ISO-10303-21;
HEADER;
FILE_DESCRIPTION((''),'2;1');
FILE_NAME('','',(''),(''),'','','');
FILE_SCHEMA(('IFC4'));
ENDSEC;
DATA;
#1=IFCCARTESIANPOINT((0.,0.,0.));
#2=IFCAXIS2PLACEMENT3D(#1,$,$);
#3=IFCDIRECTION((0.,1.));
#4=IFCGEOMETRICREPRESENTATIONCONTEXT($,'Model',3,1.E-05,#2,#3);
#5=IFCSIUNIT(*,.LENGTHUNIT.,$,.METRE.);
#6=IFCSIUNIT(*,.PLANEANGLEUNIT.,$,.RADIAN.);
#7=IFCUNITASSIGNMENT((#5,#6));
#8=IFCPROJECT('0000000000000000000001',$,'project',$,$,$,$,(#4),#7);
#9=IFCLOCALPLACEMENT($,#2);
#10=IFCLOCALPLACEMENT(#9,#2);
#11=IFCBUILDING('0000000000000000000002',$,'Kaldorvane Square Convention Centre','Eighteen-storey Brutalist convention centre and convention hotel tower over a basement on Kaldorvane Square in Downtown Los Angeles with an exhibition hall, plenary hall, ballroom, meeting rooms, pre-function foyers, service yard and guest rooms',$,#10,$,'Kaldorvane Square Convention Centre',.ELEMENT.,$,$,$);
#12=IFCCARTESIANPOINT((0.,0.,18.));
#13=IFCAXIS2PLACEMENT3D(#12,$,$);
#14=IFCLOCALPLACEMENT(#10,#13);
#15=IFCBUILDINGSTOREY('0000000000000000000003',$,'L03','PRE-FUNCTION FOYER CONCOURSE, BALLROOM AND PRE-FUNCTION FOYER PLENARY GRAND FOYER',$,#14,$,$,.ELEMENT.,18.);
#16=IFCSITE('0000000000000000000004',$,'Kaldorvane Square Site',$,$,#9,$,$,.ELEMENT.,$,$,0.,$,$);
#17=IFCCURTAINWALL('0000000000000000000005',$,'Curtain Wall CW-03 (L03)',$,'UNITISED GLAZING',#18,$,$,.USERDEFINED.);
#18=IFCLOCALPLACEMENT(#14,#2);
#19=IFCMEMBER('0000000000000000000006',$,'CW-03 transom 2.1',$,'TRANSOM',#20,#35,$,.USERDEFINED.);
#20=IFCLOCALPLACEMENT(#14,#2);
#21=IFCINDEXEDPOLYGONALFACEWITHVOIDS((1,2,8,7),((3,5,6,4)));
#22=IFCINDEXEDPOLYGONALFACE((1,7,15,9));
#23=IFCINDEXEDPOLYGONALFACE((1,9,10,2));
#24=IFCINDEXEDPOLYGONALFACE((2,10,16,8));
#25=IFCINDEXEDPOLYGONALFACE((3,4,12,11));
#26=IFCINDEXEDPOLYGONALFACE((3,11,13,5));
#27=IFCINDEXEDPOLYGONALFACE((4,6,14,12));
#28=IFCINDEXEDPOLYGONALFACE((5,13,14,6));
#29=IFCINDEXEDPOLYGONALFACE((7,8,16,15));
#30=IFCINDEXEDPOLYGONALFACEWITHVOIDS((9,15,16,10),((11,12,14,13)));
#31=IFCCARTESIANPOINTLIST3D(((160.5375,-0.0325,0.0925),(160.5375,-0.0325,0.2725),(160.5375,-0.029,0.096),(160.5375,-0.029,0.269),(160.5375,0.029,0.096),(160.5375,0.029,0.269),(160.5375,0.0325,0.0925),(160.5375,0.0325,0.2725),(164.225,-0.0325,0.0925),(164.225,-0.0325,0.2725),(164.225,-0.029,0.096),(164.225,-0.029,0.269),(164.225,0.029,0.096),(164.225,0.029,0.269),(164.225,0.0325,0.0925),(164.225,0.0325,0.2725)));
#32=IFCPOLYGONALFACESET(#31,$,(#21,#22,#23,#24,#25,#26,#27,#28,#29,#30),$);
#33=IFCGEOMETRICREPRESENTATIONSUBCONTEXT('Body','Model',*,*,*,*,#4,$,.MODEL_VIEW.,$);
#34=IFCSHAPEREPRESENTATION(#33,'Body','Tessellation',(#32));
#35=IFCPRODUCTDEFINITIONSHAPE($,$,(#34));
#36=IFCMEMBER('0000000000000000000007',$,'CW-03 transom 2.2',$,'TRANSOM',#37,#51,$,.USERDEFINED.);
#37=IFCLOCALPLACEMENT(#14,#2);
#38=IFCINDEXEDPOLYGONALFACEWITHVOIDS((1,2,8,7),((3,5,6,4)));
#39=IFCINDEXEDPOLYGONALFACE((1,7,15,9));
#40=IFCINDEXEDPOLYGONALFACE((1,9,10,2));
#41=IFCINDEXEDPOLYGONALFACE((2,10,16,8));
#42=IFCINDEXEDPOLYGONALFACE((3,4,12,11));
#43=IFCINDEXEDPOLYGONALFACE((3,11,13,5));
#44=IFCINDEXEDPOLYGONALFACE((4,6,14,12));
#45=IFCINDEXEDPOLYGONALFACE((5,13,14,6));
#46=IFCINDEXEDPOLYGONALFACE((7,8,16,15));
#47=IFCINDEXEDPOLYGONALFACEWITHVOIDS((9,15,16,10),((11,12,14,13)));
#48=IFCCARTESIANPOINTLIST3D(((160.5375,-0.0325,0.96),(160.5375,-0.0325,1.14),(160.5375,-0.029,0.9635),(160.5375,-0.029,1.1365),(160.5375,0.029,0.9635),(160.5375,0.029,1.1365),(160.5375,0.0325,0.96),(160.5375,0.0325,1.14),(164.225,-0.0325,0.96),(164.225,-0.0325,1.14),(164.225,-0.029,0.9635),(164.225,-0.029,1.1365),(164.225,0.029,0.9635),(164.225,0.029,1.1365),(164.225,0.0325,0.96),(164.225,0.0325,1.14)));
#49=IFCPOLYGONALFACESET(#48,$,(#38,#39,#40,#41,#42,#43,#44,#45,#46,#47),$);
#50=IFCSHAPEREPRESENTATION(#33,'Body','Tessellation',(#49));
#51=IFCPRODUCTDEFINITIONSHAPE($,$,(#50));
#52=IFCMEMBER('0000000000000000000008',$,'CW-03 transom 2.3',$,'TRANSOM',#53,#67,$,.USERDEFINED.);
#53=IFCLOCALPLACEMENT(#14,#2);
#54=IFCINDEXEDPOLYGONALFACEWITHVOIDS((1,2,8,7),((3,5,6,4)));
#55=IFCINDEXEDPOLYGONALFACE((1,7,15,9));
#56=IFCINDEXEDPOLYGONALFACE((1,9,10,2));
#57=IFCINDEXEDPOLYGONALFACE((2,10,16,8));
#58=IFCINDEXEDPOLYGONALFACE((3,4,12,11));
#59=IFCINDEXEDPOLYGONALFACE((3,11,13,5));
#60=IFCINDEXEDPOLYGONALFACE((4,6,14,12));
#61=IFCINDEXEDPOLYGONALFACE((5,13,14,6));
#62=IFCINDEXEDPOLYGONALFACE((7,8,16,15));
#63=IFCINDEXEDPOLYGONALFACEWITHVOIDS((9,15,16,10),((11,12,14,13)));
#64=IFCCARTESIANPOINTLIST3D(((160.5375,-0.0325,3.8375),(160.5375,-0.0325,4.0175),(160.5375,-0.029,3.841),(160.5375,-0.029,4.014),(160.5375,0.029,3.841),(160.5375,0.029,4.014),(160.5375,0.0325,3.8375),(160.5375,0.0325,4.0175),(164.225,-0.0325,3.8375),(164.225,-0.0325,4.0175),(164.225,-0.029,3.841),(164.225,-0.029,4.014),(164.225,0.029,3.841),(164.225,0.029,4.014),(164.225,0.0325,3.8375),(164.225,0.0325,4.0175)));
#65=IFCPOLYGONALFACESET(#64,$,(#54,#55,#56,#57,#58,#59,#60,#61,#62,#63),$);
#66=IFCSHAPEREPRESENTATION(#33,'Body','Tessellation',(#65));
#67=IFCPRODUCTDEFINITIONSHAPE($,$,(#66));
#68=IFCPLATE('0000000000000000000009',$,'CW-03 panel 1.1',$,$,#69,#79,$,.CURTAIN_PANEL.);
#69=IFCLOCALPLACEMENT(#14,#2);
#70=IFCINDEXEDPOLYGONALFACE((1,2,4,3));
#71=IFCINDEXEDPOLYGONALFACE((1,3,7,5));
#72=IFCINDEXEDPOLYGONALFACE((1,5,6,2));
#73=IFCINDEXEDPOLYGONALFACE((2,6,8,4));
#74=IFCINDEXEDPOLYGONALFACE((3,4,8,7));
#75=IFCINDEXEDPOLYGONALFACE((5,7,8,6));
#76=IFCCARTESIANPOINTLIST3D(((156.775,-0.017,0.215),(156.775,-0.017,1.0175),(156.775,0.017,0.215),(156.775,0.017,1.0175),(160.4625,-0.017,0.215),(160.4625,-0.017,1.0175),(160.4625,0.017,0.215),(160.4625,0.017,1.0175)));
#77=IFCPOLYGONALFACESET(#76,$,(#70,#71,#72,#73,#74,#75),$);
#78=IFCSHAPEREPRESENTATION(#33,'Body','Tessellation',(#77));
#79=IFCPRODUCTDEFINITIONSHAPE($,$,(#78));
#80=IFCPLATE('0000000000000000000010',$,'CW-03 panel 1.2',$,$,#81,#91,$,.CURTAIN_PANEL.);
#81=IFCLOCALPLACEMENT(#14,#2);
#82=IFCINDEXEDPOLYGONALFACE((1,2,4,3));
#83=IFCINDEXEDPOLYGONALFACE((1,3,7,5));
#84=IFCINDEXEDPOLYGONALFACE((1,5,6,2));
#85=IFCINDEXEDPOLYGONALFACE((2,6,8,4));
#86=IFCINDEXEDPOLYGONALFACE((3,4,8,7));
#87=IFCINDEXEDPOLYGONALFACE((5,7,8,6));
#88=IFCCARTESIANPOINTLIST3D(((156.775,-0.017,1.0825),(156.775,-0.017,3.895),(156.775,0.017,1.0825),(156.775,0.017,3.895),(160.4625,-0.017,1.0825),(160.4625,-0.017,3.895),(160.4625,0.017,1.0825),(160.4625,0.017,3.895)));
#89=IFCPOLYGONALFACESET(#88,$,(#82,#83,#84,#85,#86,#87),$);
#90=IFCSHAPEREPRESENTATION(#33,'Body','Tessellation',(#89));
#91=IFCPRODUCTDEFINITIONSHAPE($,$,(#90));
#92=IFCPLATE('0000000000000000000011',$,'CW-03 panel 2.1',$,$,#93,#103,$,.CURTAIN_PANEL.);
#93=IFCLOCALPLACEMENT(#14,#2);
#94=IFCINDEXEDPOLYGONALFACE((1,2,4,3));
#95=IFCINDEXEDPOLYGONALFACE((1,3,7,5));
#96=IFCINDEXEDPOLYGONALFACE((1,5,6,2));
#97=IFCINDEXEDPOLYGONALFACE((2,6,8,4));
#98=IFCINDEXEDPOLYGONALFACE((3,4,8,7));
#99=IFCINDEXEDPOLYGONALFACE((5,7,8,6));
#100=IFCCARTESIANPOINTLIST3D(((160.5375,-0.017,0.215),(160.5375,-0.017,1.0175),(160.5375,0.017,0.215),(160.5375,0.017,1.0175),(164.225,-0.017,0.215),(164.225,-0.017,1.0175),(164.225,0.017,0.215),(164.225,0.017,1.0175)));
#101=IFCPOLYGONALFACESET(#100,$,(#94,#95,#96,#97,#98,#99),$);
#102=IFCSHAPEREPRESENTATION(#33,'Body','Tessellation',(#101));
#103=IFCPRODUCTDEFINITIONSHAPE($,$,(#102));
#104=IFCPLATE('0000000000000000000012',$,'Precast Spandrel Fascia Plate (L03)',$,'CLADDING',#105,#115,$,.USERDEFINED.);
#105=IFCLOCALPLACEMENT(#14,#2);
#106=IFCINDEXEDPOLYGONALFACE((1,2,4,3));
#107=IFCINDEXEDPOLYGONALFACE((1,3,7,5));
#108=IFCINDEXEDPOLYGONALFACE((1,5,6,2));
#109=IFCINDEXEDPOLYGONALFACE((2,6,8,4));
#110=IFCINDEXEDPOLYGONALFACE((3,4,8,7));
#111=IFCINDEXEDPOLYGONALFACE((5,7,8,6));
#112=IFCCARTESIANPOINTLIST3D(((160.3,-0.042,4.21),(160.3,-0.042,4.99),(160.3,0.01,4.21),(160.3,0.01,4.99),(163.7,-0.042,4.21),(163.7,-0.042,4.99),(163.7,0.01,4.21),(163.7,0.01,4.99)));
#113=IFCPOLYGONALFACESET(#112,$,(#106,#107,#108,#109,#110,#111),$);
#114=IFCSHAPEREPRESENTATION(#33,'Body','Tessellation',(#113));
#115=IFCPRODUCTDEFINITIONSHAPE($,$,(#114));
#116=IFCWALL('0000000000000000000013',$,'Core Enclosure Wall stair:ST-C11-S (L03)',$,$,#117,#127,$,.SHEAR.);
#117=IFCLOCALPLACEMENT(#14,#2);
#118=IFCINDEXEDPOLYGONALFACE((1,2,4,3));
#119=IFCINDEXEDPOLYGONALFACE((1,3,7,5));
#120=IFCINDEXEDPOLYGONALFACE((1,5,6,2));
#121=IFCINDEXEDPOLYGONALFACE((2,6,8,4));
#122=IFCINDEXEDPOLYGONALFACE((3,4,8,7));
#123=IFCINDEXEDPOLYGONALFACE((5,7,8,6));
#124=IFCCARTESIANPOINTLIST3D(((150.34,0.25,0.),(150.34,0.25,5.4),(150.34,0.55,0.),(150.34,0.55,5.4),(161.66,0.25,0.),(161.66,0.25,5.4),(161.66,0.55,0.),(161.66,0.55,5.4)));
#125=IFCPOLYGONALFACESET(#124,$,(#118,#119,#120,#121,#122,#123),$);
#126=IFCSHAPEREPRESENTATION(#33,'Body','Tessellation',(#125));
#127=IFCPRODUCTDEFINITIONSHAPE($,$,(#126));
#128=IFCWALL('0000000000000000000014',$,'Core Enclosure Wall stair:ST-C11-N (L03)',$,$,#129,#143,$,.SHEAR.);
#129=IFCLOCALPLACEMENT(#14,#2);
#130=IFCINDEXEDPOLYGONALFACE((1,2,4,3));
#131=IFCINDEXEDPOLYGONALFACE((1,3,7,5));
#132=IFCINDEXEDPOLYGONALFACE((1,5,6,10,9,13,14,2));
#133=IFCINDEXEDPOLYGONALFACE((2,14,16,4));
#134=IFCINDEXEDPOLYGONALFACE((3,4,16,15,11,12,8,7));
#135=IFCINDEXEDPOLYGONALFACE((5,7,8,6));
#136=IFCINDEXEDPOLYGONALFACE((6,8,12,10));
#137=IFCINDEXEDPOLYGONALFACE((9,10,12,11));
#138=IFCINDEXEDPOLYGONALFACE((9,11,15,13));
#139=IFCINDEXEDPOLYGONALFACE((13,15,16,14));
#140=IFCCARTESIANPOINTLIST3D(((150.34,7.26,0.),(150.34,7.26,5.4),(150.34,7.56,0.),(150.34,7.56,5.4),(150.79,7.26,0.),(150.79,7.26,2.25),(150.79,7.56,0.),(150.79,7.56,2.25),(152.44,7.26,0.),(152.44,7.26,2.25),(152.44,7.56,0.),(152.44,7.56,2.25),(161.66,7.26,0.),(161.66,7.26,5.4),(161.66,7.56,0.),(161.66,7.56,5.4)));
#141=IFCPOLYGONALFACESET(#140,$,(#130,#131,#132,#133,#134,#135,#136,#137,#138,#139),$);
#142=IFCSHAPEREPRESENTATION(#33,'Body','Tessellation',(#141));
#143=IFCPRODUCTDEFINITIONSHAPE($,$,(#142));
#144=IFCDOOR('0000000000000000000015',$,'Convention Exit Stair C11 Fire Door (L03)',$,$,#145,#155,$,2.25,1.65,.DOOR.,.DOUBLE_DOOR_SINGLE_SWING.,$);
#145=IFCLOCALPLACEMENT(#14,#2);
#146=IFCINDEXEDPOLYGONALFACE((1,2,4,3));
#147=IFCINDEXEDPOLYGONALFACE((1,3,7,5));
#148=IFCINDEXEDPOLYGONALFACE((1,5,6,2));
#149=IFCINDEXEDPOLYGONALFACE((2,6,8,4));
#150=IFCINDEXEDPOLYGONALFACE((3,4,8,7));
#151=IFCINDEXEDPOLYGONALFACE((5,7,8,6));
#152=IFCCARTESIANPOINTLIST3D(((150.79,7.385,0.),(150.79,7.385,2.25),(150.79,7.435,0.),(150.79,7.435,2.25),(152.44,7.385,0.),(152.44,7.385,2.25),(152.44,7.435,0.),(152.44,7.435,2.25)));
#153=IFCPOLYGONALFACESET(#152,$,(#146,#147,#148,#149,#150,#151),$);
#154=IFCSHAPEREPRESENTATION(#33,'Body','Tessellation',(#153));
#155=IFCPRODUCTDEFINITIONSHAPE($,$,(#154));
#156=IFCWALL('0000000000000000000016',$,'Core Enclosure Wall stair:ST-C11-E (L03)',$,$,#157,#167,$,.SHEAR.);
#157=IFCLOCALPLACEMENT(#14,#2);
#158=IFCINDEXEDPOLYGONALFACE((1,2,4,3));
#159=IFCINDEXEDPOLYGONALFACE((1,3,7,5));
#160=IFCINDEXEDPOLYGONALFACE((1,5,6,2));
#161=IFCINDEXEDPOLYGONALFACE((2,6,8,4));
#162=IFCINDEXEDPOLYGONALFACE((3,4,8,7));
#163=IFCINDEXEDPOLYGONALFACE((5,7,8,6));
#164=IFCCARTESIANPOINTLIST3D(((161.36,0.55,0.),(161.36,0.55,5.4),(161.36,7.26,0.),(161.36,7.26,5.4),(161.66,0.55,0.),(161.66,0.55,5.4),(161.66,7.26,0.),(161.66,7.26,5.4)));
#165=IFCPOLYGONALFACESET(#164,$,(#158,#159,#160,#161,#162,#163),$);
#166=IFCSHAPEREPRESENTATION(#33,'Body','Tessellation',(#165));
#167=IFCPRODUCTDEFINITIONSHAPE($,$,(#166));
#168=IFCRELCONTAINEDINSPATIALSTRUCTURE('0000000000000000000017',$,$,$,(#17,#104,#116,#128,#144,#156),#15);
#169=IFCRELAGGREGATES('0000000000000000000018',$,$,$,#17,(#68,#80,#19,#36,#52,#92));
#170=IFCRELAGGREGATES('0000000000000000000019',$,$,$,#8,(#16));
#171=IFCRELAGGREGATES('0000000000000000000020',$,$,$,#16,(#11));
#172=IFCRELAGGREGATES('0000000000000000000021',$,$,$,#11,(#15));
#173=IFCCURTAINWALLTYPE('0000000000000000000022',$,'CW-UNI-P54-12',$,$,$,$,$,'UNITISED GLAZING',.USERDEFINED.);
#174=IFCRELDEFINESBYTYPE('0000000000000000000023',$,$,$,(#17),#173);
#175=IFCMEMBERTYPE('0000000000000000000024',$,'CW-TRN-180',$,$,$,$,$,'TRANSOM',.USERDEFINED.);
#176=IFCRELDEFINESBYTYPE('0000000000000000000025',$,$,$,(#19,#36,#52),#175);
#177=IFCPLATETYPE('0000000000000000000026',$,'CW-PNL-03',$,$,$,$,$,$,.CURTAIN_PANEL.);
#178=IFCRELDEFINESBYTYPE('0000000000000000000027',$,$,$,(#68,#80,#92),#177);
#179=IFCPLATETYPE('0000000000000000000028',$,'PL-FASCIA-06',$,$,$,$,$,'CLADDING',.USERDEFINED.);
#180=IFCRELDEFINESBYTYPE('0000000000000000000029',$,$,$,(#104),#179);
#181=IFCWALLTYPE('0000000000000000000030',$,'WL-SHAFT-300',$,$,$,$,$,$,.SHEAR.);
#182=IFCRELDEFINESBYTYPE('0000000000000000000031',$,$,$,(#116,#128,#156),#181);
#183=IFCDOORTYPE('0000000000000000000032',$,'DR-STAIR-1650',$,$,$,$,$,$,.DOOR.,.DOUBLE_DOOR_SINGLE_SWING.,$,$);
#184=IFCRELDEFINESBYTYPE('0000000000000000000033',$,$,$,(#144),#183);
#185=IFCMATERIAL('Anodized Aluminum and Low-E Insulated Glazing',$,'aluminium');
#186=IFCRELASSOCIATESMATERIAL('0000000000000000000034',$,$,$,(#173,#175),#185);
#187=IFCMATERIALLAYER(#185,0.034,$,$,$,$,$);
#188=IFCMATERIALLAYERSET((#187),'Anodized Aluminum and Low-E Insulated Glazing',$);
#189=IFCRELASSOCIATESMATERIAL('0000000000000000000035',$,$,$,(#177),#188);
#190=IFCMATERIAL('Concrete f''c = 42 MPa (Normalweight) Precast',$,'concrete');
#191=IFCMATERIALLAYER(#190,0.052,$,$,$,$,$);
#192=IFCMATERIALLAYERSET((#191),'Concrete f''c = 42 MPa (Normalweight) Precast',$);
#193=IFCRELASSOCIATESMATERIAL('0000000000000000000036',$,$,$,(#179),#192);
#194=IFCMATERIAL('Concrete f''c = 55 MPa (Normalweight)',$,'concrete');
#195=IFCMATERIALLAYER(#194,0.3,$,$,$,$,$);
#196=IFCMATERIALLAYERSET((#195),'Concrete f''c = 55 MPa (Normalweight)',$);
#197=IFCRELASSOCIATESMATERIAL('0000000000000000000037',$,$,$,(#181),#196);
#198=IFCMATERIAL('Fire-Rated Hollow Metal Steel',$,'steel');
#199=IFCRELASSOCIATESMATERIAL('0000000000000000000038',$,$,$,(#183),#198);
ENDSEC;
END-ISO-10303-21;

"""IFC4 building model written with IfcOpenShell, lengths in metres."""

from ifc_helpers import new_model, si_unit, direction, frame, frame_2d, origin, origin_2d, place, context, subcontext, project, spatial, rectangle, hollow_rectangle, extrude, material, layer, layer_set, material_profile, profile_set, type_object, element, fill, aggregate, save


model = new_model("IFC4")

# Units and contexts
model_context = context("Model", 3, precision=1e-05, world=origin(), true_north=direction((0.0, 1.0)))
body_context = subcontext(model_context, "Body", "Model", "MODEL_VIEW")
ifc_project = project(units=[si_unit("LENGTHUNIT", "METRE"), si_unit("PLANEANGLEUNIT", "RADIAN")], contexts=[model_context])

# Site, building, storey
site_placement = place(None, origin())
site = spatial("IfcSite", under=ifc_project, at=site_placement, Name="Kaldorvane Square Site", CompositionType="ELEMENT", RefElevation=0.0)
building_placement = place(site_placement, origin())
building = spatial("IfcBuilding", under=site, at=building_placement, Name="Kaldorvane Square Convention Centre", Description="Eighteen-storey Brutalist convention centre and convention hotel tower over a basement on Kaldorvane Square in Downtown Los Angeles with an exhibition hall, plenary hall, ballroom, meeting rooms, pre-function foyers, service yard and guest rooms", LongName="Kaldorvane Square Convention Centre", CompositionType="ELEMENT")
storey_placement = place(building_placement, frame((0.0, 0.0, 18.0)))
storey = spatial("IfcBuildingStorey", under=building, at=storey_placement, Name="L03", Description="PRE-FUNCTION FOYER CONCOURSE, BALLROOM AND PRE-FUNCTION FOYER PLENARY GRAND FOYER", CompositionType="ELEMENT", Elevation=18.0)

# Curtain wall, members, plates
ifc_material_1 = material(Name="Anodized Aluminum and Low-E Insulated Glazing", Category="aluminium")
curtain_wall_type = type_object("IfcCurtainWallType", Name="CW-UNI-P54-12", ElementType="UNITISED GLAZING", PredefinedType="USERDEFINED", material=ifc_material_1)
curtain_wall_placement = place(storey_placement, origin())
curtain_wall = element("IfcCurtainWall", 1, at=curtain_wall_placement, inside=storey, type_object=curtain_wall_type, Name="Curtain Wall CW-03 (L03)", ObjectType="UNITISED GLAZING", PredefinedType="USERDEFINED")
ifc_material_profile_1 = material_profile(ifc_material_1, hollow_rectangle(XDim=0.065, YDim=0.18, WallThickness=0.0035, at=origin_2d()), Name="CWT-180X65")
ifc_profile_set_1 = profile_set([ifc_material_profile_1], Name="Anodized Aluminum and Low-E Insulated Glazing")
member_type_1 = type_object("IfcMemberType", Name="CW-TRN-180", ElementType="TRANSOM", PredefinedType="USERDEFINED", material=ifc_profile_set_1)
member_1_placement = place(storey_placement, frame((160.5375, 0.0, 0.1825), z_axis=(1.0, 0.0, 0.0), x_axis=(0.0, 1.0, 0.0)))
member_1 = element("IfcMember", 2, at=member_1_placement, type_object=member_type_1, Name="CW-03 transom 2.1", ObjectType="TRANSOM", PredefinedType="USERDEFINED", context=body_context, shape_type="SweptSolid", body=[
    extrude(hollow_rectangle(XDim=0.065, YDim=0.18, WallThickness=0.0035, at=origin_2d()), origin(), (0.0, 0.0, 1.0), 3.6875),
])
member_2_placement = place(storey_placement, frame((160.5375, 0.0, 1.05), z_axis=(1.0, 0.0, 0.0), x_axis=(0.0, 1.0, 0.0)))
member_2 = element("IfcMember", 3, at=member_2_placement, type_object=member_type_1, Name="CW-03 transom 2.2", ObjectType="TRANSOM", PredefinedType="USERDEFINED", context=body_context, shape_type="SweptSolid", body=[
    extrude(hollow_rectangle(XDim=0.065, YDim=0.18, WallThickness=0.0035, at=origin_2d()), origin(), (0.0, 0.0, 1.0), 3.6875),
])
member_3_placement = place(storey_placement, frame((160.5375, 0.0, 3.9275), z_axis=(1.0, 0.0, 0.0), x_axis=(0.0, 1.0, 0.0)))
member_3 = element("IfcMember", 4, at=member_3_placement, type_object=member_type_1, Name="CW-03 transom 2.3", ObjectType="TRANSOM", PredefinedType="USERDEFINED", context=body_context, shape_type="SweptSolid", body=[
    extrude(hollow_rectangle(XDim=0.065, YDim=0.18, WallThickness=0.0035, at=origin_2d()), origin(), (0.0, 0.0, 1.0), 3.6875),
])
ifc_layer_1 = layer(ifc_material_1, 0.034)
ifc_layer_set_1 = layer_set([ifc_layer_1], Name="Anodized Aluminum and Low-E Insulated Glazing")
plate_type_1 = type_object("IfcPlateType", Name="CW-PNL-03", PredefinedType="CURTAIN_PANEL", material=ifc_layer_set_1)
plate_1_placement = place(storey_placement, frame((158.6187, 0.0, 0.215), z_axis=(0.0, 0.0, 1.0), x_axis=(1.0, 0.0, 0.0)))
plate_1 = element("IfcPlate", 5, at=plate_1_placement, type_object=plate_type_1, Name="CW-03 panel 1.1", PredefinedType="CURTAIN_PANEL", context=body_context, shape_type="SweptSolid", body=[
    extrude(rectangle(XDim=3.6875, YDim=0.034, at=origin_2d()), origin(), (0.0, 0.0, 1.0), 0.8025),
])
plate_2_placement = place(storey_placement, frame((158.6187, 0.0, 1.0825), z_axis=(0.0, 0.0, 1.0), x_axis=(1.0, 0.0, 0.0)))
plate_2 = element("IfcPlate", 6, at=plate_2_placement, type_object=plate_type_1, Name="CW-03 panel 1.2", PredefinedType="CURTAIN_PANEL", context=body_context, shape_type="SweptSolid", body=[
    extrude(rectangle(XDim=3.6875, YDim=0.034, at=origin_2d()), origin(), (0.0, 0.0, 1.0), 2.8125),
])
plate_3_placement = place(storey_placement, frame((162.3813, 0.0, 0.215), z_axis=(0.0, 0.0, 1.0), x_axis=(1.0, 0.0, 0.0)))
plate_3 = element("IfcPlate", 7, at=plate_3_placement, type_object=plate_type_1, Name="CW-03 panel 2.1", PredefinedType="CURTAIN_PANEL", context=body_context, shape_type="SweptSolid", body=[
    extrude(rectangle(XDim=3.6875, YDim=0.034, at=origin_2d()), origin(), (0.0, 0.0, 1.0), 0.8025),
])
aggregate(curtain_wall, [plate_1, plate_2, member_1, member_2, member_3, plate_3])

# Plate
ifc_material_2 = material(Name="Concrete f'c = 42 MPa (Normalweight) Precast", Category="concrete")
ifc_layer_2 = layer(ifc_material_2, 0.052)
ifc_layer_set_2 = layer_set([ifc_layer_2], Name="Concrete f'c = 42 MPa (Normalweight) Precast")
plate_type_2 = type_object("IfcPlateType", Name="PL-FASCIA-06", ElementType="CLADDING", PredefinedType="USERDEFINED", material=ifc_layer_set_2)
plate_4_placement = place(storey_placement, frame((162.0, -0.016, 4.21), z_axis=(0.0, 0.0, 1.0), x_axis=(1.0, 0.0, 0.0)))
element("IfcPlate", 8, at=plate_4_placement, inside=storey, type_object=plate_type_2, Name="Precast Spandrel Fascia Plate (L03)", ObjectType="CLADDING", PredefinedType="USERDEFINED", context=body_context, shape_type="SweptSolid", body=[
    extrude(rectangle(XDim=3.4, YDim=0.052, at=origin_2d()), origin(), (0.0, 0.0, 1.0), 0.78),
])

# Wall
ifc_material_3 = material(Name="Concrete f'c = 55 MPa (Normalweight)", Category="concrete")
ifc_layer_3 = layer(ifc_material_3, 0.3)
ifc_layer_set_3 = layer_set([ifc_layer_3], Name="Concrete f'c = 55 MPa (Normalweight)")
wall_type = type_object("IfcWallType", Name="WL-SHAFT-300", PredefinedType="SHEAR", material=ifc_layer_set_3)
wall_1_placement = place(storey_placement, frame((161.66, 0.4, 0.0), z_axis=(0.0, 0.0, 1.0), x_axis=(-1.0, 0.0, 0.0)))
element("IfcWall", 9, at=wall_1_placement, inside=storey, type_object=wall_type, Name="Core Enclosure Wall stair:ST-C11-S (L03)", PredefinedType="SHEAR", context=body_context, shape_type="SweptSolid", body=[
    extrude(rectangle(XDim=11.32, YDim=0.3, at=frame_2d((5.66, 0.0))), origin(), (0.0, 0.0, 1.0), 5.4),
])

# Wall, opening, door
wall_2_placement = place(storey_placement, frame((161.66, 7.41, 0.0), z_axis=(0.0, 0.0, 1.0), x_axis=(-1.0, 0.0, 0.0)))
wall_2 = element("IfcWall", 10, at=wall_2_placement, inside=storey, type_object=wall_type, Name="Core Enclosure Wall stair:ST-C11-N (L03)", PredefinedType="SHEAR", context=body_context, shape_type="SweptSolid", body=[
    extrude(rectangle(XDim=11.32, YDim=0.3, at=frame_2d((5.66, 0.0))), origin(), (0.0, 0.0, 1.0), 5.4),
])
opening_placement = place(wall_2_placement, frame((9.22, 0.0, 0.0)))
opening = element("IfcOpeningElement", 11, at=opening_placement, cuts=wall_2, PredefinedType="OPENING", context=body_context, shape_type="SweptSolid", body=[
    extrude(rectangle(XDim=1.65, YDim=2.25, at=frame_2d((0.825, 1.125))), frame((0.0, 0.165, 0.0), z_axis=(0.0, -1.0, 0.0), x_axis=(1.0, 0.0, 0.0)), (0.0, 0.0, 1.0), 0.33),
])
ifc_material_4 = material(Name="Fire-Rated Hollow Metal Steel", Category="steel")
door_type = type_object("IfcDoorType", Name="DR-STAIR-1650", OperationType="DOUBLE_DOOR_SINGLE_SWING", PredefinedType="DOOR", material=ifc_material_4)
door_placement = place(opening_placement, origin())
door = element("IfcDoor", 12, at=door_placement, inside=storey, type_object=door_type, Name="Convention Exit Stair C11 Fire Door (L03)", OperationType="DOUBLE_DOOR_SINGLE_SWING", OverallHeight=2.25, OverallWidth=1.65, PredefinedType="DOOR", context=body_context, shape_type="SweptSolid", body=[
    extrude(rectangle(XDim=1.65, YDim=2.25, at=frame_2d((0.825, 1.125))), frame((0.0, 0.025, 0.0), z_axis=(0.0, -1.0, 0.0), x_axis=(1.0, 0.0, 0.0)), (0.0, 0.0, 1.0), 0.05),
])
fill(opening, door)

# Wall
wall_3_placement = place(storey_placement, frame((161.51, 0.55, 0.0), z_axis=(0.0, 0.0, 1.0), x_axis=(0.0, 1.0, 0.0)))
element("IfcWall", 13, at=wall_3_placement, inside=storey, type_object=wall_type, Name="Core Enclosure Wall stair:ST-C11-E (L03)", PredefinedType="SHEAR", context=body_context, shape_type="SweptSolid", body=[
    extrude(rectangle(XDim=6.71, YDim=0.3, at=frame_2d((3.355, 0.0))), origin(), (0.0, 0.0, 1.0), 5.4),
])

save(model, "model.ifc")
